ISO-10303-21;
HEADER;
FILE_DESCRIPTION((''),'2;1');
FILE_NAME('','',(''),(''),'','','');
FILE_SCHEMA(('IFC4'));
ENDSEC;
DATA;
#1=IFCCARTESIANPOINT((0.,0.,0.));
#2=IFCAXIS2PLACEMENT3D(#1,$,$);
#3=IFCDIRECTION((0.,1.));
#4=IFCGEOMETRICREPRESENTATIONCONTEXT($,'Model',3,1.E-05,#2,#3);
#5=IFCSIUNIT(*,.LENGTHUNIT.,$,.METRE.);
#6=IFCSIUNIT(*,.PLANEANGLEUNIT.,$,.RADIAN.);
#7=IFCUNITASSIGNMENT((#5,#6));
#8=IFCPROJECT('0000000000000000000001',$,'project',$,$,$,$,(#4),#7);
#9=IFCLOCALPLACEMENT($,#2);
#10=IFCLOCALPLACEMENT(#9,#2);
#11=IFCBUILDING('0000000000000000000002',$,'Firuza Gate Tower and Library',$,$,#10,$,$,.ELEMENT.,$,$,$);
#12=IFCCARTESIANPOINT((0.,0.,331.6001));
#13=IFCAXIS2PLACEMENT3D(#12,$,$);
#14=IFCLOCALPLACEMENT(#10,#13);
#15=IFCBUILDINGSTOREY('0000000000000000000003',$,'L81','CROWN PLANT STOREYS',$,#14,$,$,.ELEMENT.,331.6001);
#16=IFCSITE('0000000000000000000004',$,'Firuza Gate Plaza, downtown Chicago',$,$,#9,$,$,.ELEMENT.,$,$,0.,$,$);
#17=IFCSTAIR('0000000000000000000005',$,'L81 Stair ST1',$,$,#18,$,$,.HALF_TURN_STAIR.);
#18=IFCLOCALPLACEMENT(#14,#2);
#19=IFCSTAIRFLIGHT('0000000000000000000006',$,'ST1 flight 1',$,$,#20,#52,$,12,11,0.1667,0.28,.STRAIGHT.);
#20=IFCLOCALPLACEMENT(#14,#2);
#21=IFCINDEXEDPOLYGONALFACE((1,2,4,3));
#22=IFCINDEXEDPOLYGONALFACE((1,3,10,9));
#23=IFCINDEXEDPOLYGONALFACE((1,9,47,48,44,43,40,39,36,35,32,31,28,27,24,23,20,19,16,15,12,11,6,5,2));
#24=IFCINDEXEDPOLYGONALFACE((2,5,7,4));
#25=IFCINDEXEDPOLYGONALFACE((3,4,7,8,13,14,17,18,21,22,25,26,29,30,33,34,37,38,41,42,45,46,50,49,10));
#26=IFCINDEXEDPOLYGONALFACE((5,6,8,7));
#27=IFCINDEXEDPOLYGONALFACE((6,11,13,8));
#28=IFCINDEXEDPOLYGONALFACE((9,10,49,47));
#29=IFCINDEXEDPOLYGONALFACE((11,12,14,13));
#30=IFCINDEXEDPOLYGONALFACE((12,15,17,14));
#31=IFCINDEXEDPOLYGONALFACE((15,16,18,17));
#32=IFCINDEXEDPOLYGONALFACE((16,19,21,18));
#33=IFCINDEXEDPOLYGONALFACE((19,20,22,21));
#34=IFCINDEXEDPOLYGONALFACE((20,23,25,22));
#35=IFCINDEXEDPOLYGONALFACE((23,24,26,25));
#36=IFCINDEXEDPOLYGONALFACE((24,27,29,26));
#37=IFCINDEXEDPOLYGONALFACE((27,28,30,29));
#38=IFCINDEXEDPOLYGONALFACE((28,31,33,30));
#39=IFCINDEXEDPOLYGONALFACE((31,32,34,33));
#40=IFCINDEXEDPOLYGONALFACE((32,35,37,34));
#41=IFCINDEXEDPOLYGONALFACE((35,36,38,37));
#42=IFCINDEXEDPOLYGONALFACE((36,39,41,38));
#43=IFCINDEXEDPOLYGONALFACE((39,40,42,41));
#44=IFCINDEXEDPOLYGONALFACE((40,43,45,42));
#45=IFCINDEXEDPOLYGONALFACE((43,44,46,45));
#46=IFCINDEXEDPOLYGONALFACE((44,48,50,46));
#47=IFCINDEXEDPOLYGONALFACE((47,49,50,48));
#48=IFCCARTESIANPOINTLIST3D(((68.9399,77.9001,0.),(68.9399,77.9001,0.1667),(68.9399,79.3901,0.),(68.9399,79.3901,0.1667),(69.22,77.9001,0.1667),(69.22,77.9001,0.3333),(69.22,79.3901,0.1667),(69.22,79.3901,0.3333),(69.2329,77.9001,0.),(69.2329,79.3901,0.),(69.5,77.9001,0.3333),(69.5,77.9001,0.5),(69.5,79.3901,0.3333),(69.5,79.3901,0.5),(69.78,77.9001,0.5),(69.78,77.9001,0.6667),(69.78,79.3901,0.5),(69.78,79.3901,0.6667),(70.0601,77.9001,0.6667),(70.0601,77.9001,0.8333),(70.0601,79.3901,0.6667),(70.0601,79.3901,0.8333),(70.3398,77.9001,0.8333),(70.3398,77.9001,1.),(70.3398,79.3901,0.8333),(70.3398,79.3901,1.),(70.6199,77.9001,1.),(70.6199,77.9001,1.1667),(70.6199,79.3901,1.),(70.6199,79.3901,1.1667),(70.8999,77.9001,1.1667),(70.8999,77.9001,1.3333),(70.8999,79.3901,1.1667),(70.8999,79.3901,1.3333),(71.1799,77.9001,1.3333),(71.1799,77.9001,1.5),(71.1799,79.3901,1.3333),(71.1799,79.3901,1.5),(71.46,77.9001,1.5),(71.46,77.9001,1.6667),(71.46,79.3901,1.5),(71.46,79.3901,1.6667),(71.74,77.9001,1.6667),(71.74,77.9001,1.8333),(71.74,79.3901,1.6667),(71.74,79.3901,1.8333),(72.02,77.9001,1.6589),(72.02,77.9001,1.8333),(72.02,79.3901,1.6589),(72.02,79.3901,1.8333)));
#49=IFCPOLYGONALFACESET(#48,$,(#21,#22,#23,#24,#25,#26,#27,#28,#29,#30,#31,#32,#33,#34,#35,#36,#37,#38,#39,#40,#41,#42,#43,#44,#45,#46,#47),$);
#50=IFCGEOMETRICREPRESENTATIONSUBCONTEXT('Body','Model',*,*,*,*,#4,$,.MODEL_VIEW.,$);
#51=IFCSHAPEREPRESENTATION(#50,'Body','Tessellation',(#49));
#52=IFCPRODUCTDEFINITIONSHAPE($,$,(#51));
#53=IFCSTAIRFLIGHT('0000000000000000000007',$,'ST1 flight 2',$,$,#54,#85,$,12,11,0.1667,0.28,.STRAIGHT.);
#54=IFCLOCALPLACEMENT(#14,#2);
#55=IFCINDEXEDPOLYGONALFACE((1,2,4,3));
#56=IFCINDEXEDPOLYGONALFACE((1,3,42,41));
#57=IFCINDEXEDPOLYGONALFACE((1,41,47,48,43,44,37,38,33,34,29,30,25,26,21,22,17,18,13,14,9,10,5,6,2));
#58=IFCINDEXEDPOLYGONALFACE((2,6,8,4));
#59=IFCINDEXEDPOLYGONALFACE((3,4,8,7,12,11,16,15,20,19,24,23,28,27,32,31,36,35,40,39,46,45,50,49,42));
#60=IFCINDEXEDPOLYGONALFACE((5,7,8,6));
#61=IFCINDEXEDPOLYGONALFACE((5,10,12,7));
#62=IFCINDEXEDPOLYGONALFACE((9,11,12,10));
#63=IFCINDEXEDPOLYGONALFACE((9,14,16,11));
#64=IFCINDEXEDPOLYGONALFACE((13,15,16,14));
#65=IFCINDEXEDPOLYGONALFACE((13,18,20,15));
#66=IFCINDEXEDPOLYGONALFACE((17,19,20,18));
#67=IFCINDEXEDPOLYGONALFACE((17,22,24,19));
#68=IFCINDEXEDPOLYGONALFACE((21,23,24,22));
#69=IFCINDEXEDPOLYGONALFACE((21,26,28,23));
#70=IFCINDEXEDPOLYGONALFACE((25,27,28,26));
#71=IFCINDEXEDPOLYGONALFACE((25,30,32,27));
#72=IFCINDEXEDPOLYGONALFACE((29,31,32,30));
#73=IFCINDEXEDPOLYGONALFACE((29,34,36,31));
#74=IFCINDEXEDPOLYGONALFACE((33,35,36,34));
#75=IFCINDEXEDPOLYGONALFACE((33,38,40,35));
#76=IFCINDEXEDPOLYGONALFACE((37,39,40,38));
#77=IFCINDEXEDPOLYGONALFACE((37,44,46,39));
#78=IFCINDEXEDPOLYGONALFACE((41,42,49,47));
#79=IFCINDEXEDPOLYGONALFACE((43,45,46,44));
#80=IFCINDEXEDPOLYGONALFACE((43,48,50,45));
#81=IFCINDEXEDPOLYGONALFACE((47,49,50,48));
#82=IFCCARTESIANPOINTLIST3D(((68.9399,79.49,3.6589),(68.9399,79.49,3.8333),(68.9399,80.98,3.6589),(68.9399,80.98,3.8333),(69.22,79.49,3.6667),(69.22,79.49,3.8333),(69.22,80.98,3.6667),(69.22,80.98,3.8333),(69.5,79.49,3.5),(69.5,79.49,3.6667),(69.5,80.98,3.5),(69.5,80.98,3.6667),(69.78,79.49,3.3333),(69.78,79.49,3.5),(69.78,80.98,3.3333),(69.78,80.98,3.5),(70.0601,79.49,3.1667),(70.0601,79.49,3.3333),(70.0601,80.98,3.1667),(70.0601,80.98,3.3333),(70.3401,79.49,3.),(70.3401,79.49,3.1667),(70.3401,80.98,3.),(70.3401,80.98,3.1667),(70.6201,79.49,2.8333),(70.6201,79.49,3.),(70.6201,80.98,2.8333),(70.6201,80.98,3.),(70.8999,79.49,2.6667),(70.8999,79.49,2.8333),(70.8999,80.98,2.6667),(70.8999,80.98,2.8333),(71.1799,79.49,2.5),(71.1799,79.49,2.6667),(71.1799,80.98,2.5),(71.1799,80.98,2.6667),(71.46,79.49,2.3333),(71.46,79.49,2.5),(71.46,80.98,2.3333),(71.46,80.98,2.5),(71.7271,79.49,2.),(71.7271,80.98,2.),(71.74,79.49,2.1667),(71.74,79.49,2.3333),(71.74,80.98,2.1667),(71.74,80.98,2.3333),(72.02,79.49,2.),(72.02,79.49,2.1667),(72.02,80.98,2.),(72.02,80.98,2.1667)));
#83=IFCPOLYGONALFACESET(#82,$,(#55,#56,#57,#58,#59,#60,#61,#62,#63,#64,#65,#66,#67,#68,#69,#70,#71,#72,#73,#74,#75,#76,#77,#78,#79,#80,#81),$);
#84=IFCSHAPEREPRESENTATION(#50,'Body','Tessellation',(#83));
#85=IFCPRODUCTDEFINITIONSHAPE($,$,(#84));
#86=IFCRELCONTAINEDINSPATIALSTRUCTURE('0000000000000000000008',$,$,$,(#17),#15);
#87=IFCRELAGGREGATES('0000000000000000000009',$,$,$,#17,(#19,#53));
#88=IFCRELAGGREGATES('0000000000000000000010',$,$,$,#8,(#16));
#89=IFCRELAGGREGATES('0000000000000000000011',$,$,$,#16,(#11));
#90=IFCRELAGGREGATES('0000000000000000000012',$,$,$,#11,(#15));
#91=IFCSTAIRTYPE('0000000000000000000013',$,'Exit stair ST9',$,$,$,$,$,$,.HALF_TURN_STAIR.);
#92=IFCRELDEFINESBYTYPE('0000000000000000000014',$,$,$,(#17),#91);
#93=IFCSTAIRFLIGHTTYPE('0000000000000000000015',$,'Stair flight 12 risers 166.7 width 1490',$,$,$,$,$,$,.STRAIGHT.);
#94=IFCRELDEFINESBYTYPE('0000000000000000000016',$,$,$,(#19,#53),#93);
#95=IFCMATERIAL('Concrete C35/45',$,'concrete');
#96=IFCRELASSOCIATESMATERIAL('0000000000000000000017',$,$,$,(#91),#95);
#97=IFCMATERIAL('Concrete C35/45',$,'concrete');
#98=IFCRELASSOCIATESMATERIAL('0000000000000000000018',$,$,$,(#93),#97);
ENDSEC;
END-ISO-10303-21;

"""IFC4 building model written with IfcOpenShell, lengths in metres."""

from ifc_helpers import new_model, si_unit, direction, frame, origin, place, context, subcontext, project, spatial, polyline, outline, extrude, material, type_object, element, aggregate, save


model = new_model("IFC4")

# Units and contexts
model_context = context("Model", 3, precision=1e-05, world=origin(), true_north=direction((0.0, 1.0)))
body_context = subcontext(model_context, "Body", "Model", "MODEL_VIEW")
ifc_project = project(units=[si_unit("LENGTHUNIT", "METRE"), si_unit("PLANEANGLEUNIT", "RADIAN")], contexts=[model_context])

# Site, building, storey
site_placement = place(None, origin())
site = spatial("IfcSite", under=ifc_project, at=site_placement, Name="Firuza Gate Plaza, downtown Chicago", CompositionType="ELEMENT", RefElevation=0.0)
building_placement = place(site_placement, origin())
building = spatial("IfcBuilding", under=site, at=building_placement, Name="Firuza Gate Tower and Library", CompositionType="ELEMENT")
storey_placement = place(building_placement, frame((0.0, 0.0, 331.6001)))
storey = spatial("IfcBuildingStorey", under=building, at=storey_placement, Name="L81", Description="CROWN PLANT STOREYS", CompositionType="ELEMENT", Elevation=331.6001)

# Stair, stair flights
ifc_material_1 = material(Name="Concrete C35/45", Category="concrete")
stair_type = type_object("IfcStairType", Name="Exit stair ST9", PredefinedType="HALF_TURN_STAIR", material=ifc_material_1)
stair_placement = place(storey_placement, origin())
stair = element("IfcStair", 1, at=stair_placement, inside=storey, type_object=stair_type, Name="L81 Stair ST1", PredefinedType="HALF_TURN_STAIR")
ifc_material_2 = material(Name="Concrete C35/45", Category="concrete")
stair_flight_type = type_object("IfcStairFlightType", Name="Stair flight 12 risers 166.7 width 1490", PredefinedType="STRAIGHT", material=ifc_material_2)
stair_flight_1_placement = place(storey_placement, frame((68.9399, 78.645, 0.0), z_axis=(0.0, 0.0, 1.0), x_axis=(1.0, 0.0, 0.0)))
stair_flight_1 = element("IfcStairFlight", 2, at=stair_flight_1_placement, type_object=stair_flight_type, Name="ST1 flight 1", NumberOfRisers=12, NumberOfTreads=11, PredefinedType="STRAIGHT", RiserHeight=0.1667, TreadLength=0.28, context=body_context, shape_type="SweptSolid", body=[
    extrude(outline(polyline([(0.0, 0.0), (0.0, 0.1667), (0.28, 0.1667), (0.28, 0.3333), (0.5601, 0.3333), (0.5601, 0.5), (0.8401, 0.5), (0.8401, 0.6667), (1.1201, 0.6667), (1.1201, 0.8333), (1.3999, 0.8333), (1.3999, 1.0), (1.6799, 1.0), (1.6799, 1.1667), (1.96, 1.1667), (1.96, 1.3333), (2.24, 1.3333), (2.24, 1.5), (2.52, 1.5), (2.52, 1.6667), (2.8, 1.6667), (2.8, 1.8333), (3.0801, 1.8333), (3.0801, 2.0), (3.0801, 1.6589), (0.293, 0.0), (0.0, 0.0)])), frame((0.0, 0.7451, 0.0), z_axis=(0.0, -1.0, 0.0), x_axis=(1.0, 0.0, 0.0)), (0.0, 0.0, 1.0), 1.49),
])
stair_flight_2_placement = place(storey_placement, frame((72.02, 80.2351, 2.0), z_axis=(0.0, 0.0, 1.0), x_axis=(-1.0, 0.0, 0.0)))
stair_flight_2 = element("IfcStairFlight", 3, at=stair_flight_2_placement, type_object=stair_flight_type, Name="ST1 flight 2", NumberOfRisers=12, NumberOfTreads=11, PredefinedType="STRAIGHT", RiserHeight=0.1667, TreadLength=0.28, context=body_context, shape_type="SweptSolid", body=[
    extrude(outline(polyline([(0.0, 0.0), (0.0, 0.1667), (0.28, 0.1667), (0.28, 0.3333), (0.5601, 0.3333), (0.5601, 0.5), (0.8401, 0.5), (0.8401, 0.6667), (1.1201, 0.6667), (1.1201, 0.8333), (1.3999, 0.8333), (1.3999, 1.0), (1.6799, 1.0), (1.6799, 1.1667), (1.96, 1.1667), (1.96, 1.3333), (2.24, 1.3333), (2.24, 1.5), (2.52, 1.5), (2.52, 1.6667), (2.8, 1.6667), (2.8, 1.8333), (3.0801, 1.8333), (3.0801, 2.0), (3.0801, 1.6589), (0.293, 0.0), (0.0, 0.0)])), frame((0.0, 0.7451, 0.0), z_axis=(0.0, -1.0, 0.0), x_axis=(1.0, 0.0, 0.0)), (0.0, 0.0, 1.0), 1.49),
])
aggregate(stair, [stair_flight_1, stair_flight_2])

save(model, "model.ifc")
